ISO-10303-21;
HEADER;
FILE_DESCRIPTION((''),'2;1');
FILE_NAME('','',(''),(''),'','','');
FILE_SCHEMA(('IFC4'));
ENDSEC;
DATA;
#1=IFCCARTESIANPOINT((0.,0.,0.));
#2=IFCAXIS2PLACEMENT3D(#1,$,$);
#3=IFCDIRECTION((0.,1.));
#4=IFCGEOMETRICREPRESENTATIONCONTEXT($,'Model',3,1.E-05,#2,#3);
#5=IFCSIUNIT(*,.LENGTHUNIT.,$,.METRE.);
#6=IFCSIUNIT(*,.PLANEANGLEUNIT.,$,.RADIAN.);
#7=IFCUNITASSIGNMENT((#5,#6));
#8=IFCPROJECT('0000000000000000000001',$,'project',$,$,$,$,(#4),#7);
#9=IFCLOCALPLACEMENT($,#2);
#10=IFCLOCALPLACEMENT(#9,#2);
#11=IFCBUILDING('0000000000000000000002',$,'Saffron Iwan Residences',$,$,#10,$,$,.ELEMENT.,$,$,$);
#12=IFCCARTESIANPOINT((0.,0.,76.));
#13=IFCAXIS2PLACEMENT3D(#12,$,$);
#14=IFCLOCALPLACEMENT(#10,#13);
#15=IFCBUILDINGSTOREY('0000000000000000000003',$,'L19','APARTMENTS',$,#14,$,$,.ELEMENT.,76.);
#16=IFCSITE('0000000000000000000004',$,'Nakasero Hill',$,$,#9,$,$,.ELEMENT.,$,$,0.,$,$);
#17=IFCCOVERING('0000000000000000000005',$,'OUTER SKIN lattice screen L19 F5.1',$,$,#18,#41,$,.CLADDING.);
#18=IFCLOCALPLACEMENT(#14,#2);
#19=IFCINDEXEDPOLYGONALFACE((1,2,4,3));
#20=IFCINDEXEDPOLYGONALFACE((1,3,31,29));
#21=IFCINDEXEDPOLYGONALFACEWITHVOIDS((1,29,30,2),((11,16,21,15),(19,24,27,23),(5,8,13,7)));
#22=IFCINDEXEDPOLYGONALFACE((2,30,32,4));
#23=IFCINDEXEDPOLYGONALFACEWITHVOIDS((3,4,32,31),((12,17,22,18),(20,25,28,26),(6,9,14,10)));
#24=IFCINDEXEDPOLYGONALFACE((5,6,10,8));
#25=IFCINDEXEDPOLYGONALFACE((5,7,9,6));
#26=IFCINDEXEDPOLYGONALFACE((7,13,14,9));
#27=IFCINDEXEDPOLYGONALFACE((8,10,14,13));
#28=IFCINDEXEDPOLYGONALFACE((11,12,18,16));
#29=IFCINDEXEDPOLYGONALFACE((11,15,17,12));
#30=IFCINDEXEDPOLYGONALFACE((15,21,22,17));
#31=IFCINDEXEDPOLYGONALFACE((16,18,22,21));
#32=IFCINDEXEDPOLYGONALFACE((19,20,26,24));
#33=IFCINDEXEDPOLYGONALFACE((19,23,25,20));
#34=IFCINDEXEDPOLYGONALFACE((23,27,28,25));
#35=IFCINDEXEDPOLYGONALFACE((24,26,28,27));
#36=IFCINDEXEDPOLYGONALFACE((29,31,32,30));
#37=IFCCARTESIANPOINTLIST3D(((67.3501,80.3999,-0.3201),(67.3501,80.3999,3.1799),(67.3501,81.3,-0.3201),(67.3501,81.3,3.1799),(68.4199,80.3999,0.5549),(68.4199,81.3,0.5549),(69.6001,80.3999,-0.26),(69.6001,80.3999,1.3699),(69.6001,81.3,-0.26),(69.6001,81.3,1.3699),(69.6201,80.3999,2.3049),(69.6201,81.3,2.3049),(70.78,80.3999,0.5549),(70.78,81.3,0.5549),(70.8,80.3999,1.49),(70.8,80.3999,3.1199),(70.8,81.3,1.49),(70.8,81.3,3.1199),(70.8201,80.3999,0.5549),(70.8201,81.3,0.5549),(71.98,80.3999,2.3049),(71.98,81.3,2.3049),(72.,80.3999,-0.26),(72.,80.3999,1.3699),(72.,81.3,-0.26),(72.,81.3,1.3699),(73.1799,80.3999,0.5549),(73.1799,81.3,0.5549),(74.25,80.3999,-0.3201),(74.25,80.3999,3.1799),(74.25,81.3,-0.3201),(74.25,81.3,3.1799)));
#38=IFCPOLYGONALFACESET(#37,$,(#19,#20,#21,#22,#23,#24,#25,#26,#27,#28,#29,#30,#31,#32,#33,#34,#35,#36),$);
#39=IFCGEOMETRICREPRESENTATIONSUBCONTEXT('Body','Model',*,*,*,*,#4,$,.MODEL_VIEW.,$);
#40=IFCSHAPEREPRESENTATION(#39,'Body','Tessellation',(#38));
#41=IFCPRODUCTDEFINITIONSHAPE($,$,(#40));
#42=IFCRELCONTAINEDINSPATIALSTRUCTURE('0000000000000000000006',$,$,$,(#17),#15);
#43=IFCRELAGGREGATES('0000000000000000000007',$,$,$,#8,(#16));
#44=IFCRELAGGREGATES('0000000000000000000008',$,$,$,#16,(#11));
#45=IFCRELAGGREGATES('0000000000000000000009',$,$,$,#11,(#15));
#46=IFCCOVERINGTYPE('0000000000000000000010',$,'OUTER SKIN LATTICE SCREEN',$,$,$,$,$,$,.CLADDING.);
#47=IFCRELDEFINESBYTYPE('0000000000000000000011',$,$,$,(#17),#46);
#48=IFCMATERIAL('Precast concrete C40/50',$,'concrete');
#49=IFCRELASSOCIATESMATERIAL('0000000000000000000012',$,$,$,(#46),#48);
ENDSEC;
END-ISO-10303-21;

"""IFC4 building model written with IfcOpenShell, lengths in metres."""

from ifc_helpers import new_model, si_unit, direction, frame, origin, place, context, subcontext, project, spatial, polyline, outline, extrude, material, type_object, element, save


model = new_model("IFC4")

# Units and contexts
model_context = context("Model", 3, precision=1e-05, world=origin(), true_north=direction((0.0, 1.0)))
body_context = subcontext(model_context, "Body", "Model", "MODEL_VIEW")
ifc_project = project(units=[si_unit("LENGTHUNIT", "METRE"), si_unit("PLANEANGLEUNIT", "RADIAN")], contexts=[model_context])

# Site, building, storey
site_placement = place(None, origin())
site = spatial("IfcSite", under=ifc_project, at=site_placement, Name="Nakasero Hill", CompositionType="ELEMENT", RefElevation=0.0)
building_placement = place(site_placement, origin())
building = spatial("IfcBuilding", under=site, at=building_placement, Name="Saffron Iwan Residences", CompositionType="ELEMENT")
storey_placement = place(building_placement, frame((0.0, 0.0, 76.0)))
storey = spatial("IfcBuildingStorey", under=building, at=storey_placement, Name="L19", Description="APARTMENTS", CompositionType="ELEMENT", Elevation=76.0)

# Covering
ifc_material_1 = material(Name="Precast concrete C40/50", Category="concrete")
covering_type = type_object("IfcCoveringType", Name="OUTER SKIN LATTICE SCREEN", PredefinedType="CLADDING", material=ifc_material_1)
covering_placement = place(storey_placement, frame((74.25, 80.3999, -0.3201), z_axis=(0.0, 1.0, 0.0), x_axis=(-1.0, 0.0, 0.0)))
element("IfcCovering", 1, at=covering_placement, inside=storey, type_object=covering_type, Name="OUTER SKIN lattice screen L19 F5.1", PredefinedType="CLADDING", context=body_context, shape_type="SweptSolid", body=[
    extrude(outline(polyline([(0.0, 0.0), (6.8999, 0.0), (6.8999, 3.5), (0.0, 3.5), (0.0, 0.0)]), holes=[polyline([(1.0701, 0.875), (2.25, 0.0601), (3.4299, 0.875), (2.25, 1.6899), (1.0701, 0.875)]), polyline([(3.47, 0.875), (4.6499, 0.0601), (5.8301, 0.875), (4.6499, 1.6899), (3.47, 0.875)]), polyline([(2.27, 2.625), (3.45, 1.8101), (4.6299, 2.625), (3.45, 3.4399), (2.27, 2.625)])]), origin(), (0.0, 0.0, 1.0), 0.9001),
])

save(model, "model.ifc")
